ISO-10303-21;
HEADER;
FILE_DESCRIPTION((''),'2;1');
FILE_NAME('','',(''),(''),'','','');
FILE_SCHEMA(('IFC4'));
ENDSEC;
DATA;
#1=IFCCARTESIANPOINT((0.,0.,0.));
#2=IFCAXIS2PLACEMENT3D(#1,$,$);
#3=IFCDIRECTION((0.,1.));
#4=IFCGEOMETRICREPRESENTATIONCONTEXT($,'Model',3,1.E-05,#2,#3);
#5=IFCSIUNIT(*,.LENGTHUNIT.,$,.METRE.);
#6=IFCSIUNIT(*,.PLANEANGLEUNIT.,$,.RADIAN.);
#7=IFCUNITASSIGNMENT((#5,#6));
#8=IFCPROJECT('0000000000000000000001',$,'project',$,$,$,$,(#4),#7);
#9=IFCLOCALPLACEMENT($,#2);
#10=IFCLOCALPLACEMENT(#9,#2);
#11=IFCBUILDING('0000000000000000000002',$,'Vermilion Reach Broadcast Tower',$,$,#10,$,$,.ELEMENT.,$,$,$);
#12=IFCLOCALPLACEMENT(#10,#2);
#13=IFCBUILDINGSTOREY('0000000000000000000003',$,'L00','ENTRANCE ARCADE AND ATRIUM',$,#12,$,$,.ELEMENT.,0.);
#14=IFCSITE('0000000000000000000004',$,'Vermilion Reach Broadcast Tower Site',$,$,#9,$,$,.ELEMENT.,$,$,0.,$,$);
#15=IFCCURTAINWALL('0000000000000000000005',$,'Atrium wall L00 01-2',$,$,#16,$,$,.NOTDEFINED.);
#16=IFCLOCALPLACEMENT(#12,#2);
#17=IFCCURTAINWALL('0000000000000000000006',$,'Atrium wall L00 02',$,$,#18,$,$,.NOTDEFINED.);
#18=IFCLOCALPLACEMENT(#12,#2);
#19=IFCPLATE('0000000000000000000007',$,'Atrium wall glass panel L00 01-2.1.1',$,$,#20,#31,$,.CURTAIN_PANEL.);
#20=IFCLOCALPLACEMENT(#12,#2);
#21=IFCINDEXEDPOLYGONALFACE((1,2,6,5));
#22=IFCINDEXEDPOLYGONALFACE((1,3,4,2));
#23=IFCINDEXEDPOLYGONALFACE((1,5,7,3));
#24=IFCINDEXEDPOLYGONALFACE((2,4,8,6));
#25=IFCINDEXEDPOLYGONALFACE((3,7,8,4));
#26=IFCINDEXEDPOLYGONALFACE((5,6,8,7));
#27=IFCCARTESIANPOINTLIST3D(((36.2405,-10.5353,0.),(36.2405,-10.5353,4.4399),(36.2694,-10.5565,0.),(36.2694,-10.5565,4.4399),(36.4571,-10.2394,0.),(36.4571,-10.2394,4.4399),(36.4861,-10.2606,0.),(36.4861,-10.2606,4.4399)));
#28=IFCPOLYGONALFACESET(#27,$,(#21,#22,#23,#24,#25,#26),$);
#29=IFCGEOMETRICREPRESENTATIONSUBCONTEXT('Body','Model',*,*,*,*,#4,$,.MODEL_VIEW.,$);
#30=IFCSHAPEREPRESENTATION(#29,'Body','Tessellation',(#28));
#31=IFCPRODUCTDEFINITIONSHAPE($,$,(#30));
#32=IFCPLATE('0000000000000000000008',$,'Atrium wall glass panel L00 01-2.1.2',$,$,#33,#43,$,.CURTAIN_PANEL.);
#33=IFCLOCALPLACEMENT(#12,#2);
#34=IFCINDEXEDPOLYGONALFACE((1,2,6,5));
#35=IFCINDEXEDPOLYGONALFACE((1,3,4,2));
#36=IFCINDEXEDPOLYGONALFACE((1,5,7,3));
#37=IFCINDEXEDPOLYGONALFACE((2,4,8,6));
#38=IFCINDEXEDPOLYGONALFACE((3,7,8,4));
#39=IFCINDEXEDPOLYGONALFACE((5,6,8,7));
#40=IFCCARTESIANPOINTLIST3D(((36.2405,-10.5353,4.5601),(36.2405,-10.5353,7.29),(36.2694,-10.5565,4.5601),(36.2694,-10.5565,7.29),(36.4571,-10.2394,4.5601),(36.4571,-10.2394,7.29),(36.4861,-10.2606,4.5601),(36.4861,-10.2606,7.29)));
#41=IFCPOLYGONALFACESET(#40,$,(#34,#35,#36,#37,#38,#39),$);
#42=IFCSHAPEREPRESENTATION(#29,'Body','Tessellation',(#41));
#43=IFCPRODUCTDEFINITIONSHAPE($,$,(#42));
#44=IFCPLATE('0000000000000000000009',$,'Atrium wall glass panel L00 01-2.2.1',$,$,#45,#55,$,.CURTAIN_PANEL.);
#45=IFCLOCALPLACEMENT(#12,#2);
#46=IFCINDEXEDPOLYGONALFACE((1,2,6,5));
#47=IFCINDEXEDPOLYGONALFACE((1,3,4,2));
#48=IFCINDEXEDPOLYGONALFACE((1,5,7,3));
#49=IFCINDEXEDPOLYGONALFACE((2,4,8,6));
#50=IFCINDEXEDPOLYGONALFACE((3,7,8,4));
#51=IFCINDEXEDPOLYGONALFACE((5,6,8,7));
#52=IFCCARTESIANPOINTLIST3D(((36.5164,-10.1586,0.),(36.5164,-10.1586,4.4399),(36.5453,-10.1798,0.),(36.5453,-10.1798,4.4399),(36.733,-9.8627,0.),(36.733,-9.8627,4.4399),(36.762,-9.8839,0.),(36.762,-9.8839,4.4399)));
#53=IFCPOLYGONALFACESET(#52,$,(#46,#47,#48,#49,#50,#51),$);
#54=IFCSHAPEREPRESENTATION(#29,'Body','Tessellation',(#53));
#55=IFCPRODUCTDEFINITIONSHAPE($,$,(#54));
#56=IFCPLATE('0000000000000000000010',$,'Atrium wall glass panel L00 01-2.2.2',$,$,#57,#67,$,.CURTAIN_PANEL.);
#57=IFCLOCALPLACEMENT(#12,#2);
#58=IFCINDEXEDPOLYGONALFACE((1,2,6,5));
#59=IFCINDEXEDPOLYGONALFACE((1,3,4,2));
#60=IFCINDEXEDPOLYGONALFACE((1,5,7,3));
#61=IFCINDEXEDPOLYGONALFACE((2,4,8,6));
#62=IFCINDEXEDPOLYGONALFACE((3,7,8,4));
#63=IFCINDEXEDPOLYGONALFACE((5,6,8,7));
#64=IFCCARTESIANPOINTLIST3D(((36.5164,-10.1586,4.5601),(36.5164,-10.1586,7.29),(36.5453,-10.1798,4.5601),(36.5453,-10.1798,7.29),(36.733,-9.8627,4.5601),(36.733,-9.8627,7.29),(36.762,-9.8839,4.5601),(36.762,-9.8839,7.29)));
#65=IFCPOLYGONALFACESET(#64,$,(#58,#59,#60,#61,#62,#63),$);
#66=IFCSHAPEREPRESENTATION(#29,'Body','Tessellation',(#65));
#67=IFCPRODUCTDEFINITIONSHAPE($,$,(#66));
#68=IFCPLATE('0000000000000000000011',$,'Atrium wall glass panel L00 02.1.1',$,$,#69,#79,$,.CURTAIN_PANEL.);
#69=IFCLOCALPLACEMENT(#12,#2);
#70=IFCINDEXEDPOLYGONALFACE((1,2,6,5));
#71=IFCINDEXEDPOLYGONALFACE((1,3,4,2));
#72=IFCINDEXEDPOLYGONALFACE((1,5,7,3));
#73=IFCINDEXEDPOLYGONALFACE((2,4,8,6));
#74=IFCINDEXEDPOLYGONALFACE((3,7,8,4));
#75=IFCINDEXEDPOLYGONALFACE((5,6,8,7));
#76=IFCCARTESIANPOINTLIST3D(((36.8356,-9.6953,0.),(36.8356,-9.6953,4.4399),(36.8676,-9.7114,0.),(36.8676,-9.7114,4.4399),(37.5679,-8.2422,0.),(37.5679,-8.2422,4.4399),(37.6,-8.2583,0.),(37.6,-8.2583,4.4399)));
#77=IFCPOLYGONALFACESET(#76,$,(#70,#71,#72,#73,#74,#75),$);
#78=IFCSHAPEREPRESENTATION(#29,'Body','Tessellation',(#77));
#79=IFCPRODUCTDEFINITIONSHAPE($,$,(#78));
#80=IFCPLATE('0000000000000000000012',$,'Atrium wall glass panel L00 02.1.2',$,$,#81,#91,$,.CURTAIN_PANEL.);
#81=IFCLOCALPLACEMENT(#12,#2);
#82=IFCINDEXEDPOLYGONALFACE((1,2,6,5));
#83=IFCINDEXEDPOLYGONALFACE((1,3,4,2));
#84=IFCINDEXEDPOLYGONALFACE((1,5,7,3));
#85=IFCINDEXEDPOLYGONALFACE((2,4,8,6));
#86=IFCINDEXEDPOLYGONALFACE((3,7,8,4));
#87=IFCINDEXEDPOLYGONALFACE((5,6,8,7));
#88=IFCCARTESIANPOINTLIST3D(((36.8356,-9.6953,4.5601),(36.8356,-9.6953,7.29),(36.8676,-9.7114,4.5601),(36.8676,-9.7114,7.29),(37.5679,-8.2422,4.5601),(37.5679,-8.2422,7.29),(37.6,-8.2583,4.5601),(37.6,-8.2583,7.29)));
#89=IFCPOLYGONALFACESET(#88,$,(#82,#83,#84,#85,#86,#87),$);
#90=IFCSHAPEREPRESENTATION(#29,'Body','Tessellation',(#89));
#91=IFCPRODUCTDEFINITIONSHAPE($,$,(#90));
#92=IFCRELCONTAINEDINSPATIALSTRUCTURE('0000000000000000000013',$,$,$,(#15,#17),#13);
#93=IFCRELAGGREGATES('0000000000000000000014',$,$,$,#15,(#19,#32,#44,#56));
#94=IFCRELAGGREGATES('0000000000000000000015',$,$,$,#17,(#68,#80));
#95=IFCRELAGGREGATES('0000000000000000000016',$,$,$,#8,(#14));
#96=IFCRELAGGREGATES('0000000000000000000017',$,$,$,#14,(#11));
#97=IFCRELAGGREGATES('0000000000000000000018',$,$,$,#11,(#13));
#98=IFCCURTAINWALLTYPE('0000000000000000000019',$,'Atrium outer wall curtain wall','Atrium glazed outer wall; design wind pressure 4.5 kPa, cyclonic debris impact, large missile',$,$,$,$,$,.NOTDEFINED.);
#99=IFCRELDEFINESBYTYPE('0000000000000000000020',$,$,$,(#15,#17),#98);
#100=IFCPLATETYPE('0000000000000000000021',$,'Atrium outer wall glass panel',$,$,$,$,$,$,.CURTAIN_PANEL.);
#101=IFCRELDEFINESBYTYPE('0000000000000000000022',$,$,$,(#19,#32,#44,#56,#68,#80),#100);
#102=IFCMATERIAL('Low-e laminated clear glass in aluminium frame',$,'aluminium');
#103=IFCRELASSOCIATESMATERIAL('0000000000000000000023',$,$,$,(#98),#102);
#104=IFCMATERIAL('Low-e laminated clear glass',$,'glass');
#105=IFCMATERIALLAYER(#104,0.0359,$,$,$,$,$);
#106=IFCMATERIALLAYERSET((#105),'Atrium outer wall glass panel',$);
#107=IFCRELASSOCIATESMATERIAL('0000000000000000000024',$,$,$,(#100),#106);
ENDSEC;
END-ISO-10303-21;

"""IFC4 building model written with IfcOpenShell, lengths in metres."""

from ifc_helpers import new_model, si_unit, direction, frame, origin, origin_2d, place, context, subcontext, project, spatial, rectangle, extrude, material, layer, layer_set, type_object, element, aggregate, save


model = new_model("IFC4")

# Units and contexts
model_context = context("Model", 3, precision=1e-05, world=origin(), true_north=direction((0.0, 1.0)))
body_context = subcontext(model_context, "Body", "Model", "MODEL_VIEW")
ifc_project = project(units=[si_unit("LENGTHUNIT", "METRE"), si_unit("PLANEANGLEUNIT", "RADIAN")], contexts=[model_context])

# Site, building, storey
site_placement = place(None, origin())
site = spatial("IfcSite", under=ifc_project, at=site_placement, Name="Vermilion Reach Broadcast Tower Site", CompositionType="ELEMENT", RefElevation=0.0)
building_placement = place(site_placement, origin())
building = spatial("IfcBuilding", under=site, at=building_placement, Name="Vermilion Reach Broadcast Tower", CompositionType="ELEMENT")
storey_placement = place(building_placement, origin())
storey = spatial("IfcBuildingStorey", under=building, at=storey_placement, Name="L00", Description="ENTRANCE ARCADE AND ATRIUM", CompositionType="ELEMENT", Elevation=0.0)

# Shared definitions
ifc_material_1 = material(Name="Low-e laminated clear glass in aluminium frame", Category="aluminium")
curtain_wall_type = type_object("IfcCurtainWallType", Name="Atrium outer wall curtain wall", Description="Atrium glazed outer wall; design wind pressure 4.5 kPa, cyclonic debris impact, large missile", PredefinedType="NOTDEFINED", material=ifc_material_1)
placement = place(storey_placement, origin())

# Curtain wall
curtain_wall_1 = element("IfcCurtainWall", 1, at=placement, inside=storey, type_object=curtain_wall_type, Name="Atrium wall L00 01-2", PredefinedType="NOTDEFINED")

# Curtain wall
curtain_wall_2 = element("IfcCurtainWall", 2, at=placement, inside=storey, type_object=curtain_wall_type, Name="Atrium wall L00 02", PredefinedType="NOTDEFINED")

# Plates
ifc_material_2 = material(Name="Low-e laminated clear glass", Category="glass")
ifc_layer = layer(ifc_material_2, 0.0359)
ifc_layer_set = layer_set([ifc_layer], Name="Atrium outer wall glass panel")
plate_type = type_object("IfcPlateType", Name="Atrium outer wall glass panel", PredefinedType="CURTAIN_PANEL", material=ifc_layer_set)
plate_1_placement = place(storey_placement, frame((36.3633, -10.3979, 0.0), z_axis=(0.0, 0.0, 1.0), x_axis=(0.59076, 0.806847, 0.0)))
plate_1 = element("IfcPlate", 3, at=plate_1_placement, type_object=plate_type, Name="Atrium wall glass panel L00 01-2.1.1", PredefinedType="CURTAIN_PANEL", context=body_context, shape_type="SweptSolid", body=[
    extrude(rectangle(XDim=0.3667, YDim=0.0359, at=origin_2d()), origin(), (0.0, 0.0, 1.0), 4.4399),
])
plate_2_placement = place(storey_placement, frame((36.3633, -10.3979, 4.5601), z_axis=(0.0, 0.0, 1.0), x_axis=(0.59076, 0.806847, 0.0)))
plate_2 = element("IfcPlate", 4, at=plate_2_placement, type_object=plate_type, Name="Atrium wall glass panel L00 01-2.1.2", PredefinedType="CURTAIN_PANEL", context=body_context, shape_type="SweptSolid", body=[
    extrude(rectangle(XDim=0.3667, YDim=0.0359, at=origin_2d()), origin(), (0.0, 0.0, 1.0), 2.73),
])
plate_3_placement = place(storey_placement, frame((36.6392, -10.0212, 0.0), z_axis=(0.0, 0.0, 1.0), x_axis=(0.59076, 0.806847, 0.0)))
plate_3 = element("IfcPlate", 5, at=plate_3_placement, type_object=plate_type, Name="Atrium wall glass panel L00 01-2.2.1", PredefinedType="CURTAIN_PANEL", context=body_context, shape_type="SweptSolid", body=[
    extrude(rectangle(XDim=0.3667, YDim=0.0359, at=origin_2d()), origin(), (0.0, 0.0, 1.0), 4.4399),
])
plate_4_placement = place(storey_placement, frame((36.6392, -10.0212, 4.5601), z_axis=(0.0, 0.0, 1.0), x_axis=(0.59076, 0.806847, 0.0)))
plate_4 = element("IfcPlate", 6, at=plate_4_placement, type_object=plate_type, Name="Atrium wall glass panel L00 01-2.2.2", PredefinedType="CURTAIN_PANEL", context=body_context, shape_type="SweptSolid", body=[
    extrude(rectangle(XDim=0.3667, YDim=0.0359, at=origin_2d()), origin(), (0.0, 0.0, 1.0), 2.73),
])
aggregate(curtain_wall_1, [plate_1, plate_2, plate_3, plate_4])
plate_5_placement = place(storey_placement, frame((37.2178, -8.9768, 0.0), z_axis=(0.0, 0.0, 1.0), x_axis=(0.450072, 0.892992, 0.0)))
plate_5 = element("IfcPlate", 7, at=plate_5_placement, type_object=plate_type, Name="Atrium wall glass panel L00 02.1.1", PredefinedType="CURTAIN_PANEL", context=body_context, shape_type="SweptSolid", body=[
    extrude(rectangle(XDim=1.6272, YDim=0.0359, at=origin_2d()), origin(), (0.0, 0.0, 1.0), 4.4399),
])
plate_6_placement = place(storey_placement, frame((37.2178, -8.9768, 4.5601), z_axis=(0.0, 0.0, 1.0), x_axis=(0.450072, 0.892992, 0.0)))
plate_6 = element("IfcPlate", 8, at=plate_6_placement, type_object=plate_type, Name="Atrium wall glass panel L00 02.1.2", PredefinedType="CURTAIN_PANEL", context=body_context, shape_type="SweptSolid", body=[
    extrude(rectangle(XDim=1.6272, YDim=0.0359, at=origin_2d()), origin(), (0.0, 0.0, 1.0), 2.73),
])
aggregate(curtain_wall_2, [plate_5, plate_6])

save(model, "model.ifc")
